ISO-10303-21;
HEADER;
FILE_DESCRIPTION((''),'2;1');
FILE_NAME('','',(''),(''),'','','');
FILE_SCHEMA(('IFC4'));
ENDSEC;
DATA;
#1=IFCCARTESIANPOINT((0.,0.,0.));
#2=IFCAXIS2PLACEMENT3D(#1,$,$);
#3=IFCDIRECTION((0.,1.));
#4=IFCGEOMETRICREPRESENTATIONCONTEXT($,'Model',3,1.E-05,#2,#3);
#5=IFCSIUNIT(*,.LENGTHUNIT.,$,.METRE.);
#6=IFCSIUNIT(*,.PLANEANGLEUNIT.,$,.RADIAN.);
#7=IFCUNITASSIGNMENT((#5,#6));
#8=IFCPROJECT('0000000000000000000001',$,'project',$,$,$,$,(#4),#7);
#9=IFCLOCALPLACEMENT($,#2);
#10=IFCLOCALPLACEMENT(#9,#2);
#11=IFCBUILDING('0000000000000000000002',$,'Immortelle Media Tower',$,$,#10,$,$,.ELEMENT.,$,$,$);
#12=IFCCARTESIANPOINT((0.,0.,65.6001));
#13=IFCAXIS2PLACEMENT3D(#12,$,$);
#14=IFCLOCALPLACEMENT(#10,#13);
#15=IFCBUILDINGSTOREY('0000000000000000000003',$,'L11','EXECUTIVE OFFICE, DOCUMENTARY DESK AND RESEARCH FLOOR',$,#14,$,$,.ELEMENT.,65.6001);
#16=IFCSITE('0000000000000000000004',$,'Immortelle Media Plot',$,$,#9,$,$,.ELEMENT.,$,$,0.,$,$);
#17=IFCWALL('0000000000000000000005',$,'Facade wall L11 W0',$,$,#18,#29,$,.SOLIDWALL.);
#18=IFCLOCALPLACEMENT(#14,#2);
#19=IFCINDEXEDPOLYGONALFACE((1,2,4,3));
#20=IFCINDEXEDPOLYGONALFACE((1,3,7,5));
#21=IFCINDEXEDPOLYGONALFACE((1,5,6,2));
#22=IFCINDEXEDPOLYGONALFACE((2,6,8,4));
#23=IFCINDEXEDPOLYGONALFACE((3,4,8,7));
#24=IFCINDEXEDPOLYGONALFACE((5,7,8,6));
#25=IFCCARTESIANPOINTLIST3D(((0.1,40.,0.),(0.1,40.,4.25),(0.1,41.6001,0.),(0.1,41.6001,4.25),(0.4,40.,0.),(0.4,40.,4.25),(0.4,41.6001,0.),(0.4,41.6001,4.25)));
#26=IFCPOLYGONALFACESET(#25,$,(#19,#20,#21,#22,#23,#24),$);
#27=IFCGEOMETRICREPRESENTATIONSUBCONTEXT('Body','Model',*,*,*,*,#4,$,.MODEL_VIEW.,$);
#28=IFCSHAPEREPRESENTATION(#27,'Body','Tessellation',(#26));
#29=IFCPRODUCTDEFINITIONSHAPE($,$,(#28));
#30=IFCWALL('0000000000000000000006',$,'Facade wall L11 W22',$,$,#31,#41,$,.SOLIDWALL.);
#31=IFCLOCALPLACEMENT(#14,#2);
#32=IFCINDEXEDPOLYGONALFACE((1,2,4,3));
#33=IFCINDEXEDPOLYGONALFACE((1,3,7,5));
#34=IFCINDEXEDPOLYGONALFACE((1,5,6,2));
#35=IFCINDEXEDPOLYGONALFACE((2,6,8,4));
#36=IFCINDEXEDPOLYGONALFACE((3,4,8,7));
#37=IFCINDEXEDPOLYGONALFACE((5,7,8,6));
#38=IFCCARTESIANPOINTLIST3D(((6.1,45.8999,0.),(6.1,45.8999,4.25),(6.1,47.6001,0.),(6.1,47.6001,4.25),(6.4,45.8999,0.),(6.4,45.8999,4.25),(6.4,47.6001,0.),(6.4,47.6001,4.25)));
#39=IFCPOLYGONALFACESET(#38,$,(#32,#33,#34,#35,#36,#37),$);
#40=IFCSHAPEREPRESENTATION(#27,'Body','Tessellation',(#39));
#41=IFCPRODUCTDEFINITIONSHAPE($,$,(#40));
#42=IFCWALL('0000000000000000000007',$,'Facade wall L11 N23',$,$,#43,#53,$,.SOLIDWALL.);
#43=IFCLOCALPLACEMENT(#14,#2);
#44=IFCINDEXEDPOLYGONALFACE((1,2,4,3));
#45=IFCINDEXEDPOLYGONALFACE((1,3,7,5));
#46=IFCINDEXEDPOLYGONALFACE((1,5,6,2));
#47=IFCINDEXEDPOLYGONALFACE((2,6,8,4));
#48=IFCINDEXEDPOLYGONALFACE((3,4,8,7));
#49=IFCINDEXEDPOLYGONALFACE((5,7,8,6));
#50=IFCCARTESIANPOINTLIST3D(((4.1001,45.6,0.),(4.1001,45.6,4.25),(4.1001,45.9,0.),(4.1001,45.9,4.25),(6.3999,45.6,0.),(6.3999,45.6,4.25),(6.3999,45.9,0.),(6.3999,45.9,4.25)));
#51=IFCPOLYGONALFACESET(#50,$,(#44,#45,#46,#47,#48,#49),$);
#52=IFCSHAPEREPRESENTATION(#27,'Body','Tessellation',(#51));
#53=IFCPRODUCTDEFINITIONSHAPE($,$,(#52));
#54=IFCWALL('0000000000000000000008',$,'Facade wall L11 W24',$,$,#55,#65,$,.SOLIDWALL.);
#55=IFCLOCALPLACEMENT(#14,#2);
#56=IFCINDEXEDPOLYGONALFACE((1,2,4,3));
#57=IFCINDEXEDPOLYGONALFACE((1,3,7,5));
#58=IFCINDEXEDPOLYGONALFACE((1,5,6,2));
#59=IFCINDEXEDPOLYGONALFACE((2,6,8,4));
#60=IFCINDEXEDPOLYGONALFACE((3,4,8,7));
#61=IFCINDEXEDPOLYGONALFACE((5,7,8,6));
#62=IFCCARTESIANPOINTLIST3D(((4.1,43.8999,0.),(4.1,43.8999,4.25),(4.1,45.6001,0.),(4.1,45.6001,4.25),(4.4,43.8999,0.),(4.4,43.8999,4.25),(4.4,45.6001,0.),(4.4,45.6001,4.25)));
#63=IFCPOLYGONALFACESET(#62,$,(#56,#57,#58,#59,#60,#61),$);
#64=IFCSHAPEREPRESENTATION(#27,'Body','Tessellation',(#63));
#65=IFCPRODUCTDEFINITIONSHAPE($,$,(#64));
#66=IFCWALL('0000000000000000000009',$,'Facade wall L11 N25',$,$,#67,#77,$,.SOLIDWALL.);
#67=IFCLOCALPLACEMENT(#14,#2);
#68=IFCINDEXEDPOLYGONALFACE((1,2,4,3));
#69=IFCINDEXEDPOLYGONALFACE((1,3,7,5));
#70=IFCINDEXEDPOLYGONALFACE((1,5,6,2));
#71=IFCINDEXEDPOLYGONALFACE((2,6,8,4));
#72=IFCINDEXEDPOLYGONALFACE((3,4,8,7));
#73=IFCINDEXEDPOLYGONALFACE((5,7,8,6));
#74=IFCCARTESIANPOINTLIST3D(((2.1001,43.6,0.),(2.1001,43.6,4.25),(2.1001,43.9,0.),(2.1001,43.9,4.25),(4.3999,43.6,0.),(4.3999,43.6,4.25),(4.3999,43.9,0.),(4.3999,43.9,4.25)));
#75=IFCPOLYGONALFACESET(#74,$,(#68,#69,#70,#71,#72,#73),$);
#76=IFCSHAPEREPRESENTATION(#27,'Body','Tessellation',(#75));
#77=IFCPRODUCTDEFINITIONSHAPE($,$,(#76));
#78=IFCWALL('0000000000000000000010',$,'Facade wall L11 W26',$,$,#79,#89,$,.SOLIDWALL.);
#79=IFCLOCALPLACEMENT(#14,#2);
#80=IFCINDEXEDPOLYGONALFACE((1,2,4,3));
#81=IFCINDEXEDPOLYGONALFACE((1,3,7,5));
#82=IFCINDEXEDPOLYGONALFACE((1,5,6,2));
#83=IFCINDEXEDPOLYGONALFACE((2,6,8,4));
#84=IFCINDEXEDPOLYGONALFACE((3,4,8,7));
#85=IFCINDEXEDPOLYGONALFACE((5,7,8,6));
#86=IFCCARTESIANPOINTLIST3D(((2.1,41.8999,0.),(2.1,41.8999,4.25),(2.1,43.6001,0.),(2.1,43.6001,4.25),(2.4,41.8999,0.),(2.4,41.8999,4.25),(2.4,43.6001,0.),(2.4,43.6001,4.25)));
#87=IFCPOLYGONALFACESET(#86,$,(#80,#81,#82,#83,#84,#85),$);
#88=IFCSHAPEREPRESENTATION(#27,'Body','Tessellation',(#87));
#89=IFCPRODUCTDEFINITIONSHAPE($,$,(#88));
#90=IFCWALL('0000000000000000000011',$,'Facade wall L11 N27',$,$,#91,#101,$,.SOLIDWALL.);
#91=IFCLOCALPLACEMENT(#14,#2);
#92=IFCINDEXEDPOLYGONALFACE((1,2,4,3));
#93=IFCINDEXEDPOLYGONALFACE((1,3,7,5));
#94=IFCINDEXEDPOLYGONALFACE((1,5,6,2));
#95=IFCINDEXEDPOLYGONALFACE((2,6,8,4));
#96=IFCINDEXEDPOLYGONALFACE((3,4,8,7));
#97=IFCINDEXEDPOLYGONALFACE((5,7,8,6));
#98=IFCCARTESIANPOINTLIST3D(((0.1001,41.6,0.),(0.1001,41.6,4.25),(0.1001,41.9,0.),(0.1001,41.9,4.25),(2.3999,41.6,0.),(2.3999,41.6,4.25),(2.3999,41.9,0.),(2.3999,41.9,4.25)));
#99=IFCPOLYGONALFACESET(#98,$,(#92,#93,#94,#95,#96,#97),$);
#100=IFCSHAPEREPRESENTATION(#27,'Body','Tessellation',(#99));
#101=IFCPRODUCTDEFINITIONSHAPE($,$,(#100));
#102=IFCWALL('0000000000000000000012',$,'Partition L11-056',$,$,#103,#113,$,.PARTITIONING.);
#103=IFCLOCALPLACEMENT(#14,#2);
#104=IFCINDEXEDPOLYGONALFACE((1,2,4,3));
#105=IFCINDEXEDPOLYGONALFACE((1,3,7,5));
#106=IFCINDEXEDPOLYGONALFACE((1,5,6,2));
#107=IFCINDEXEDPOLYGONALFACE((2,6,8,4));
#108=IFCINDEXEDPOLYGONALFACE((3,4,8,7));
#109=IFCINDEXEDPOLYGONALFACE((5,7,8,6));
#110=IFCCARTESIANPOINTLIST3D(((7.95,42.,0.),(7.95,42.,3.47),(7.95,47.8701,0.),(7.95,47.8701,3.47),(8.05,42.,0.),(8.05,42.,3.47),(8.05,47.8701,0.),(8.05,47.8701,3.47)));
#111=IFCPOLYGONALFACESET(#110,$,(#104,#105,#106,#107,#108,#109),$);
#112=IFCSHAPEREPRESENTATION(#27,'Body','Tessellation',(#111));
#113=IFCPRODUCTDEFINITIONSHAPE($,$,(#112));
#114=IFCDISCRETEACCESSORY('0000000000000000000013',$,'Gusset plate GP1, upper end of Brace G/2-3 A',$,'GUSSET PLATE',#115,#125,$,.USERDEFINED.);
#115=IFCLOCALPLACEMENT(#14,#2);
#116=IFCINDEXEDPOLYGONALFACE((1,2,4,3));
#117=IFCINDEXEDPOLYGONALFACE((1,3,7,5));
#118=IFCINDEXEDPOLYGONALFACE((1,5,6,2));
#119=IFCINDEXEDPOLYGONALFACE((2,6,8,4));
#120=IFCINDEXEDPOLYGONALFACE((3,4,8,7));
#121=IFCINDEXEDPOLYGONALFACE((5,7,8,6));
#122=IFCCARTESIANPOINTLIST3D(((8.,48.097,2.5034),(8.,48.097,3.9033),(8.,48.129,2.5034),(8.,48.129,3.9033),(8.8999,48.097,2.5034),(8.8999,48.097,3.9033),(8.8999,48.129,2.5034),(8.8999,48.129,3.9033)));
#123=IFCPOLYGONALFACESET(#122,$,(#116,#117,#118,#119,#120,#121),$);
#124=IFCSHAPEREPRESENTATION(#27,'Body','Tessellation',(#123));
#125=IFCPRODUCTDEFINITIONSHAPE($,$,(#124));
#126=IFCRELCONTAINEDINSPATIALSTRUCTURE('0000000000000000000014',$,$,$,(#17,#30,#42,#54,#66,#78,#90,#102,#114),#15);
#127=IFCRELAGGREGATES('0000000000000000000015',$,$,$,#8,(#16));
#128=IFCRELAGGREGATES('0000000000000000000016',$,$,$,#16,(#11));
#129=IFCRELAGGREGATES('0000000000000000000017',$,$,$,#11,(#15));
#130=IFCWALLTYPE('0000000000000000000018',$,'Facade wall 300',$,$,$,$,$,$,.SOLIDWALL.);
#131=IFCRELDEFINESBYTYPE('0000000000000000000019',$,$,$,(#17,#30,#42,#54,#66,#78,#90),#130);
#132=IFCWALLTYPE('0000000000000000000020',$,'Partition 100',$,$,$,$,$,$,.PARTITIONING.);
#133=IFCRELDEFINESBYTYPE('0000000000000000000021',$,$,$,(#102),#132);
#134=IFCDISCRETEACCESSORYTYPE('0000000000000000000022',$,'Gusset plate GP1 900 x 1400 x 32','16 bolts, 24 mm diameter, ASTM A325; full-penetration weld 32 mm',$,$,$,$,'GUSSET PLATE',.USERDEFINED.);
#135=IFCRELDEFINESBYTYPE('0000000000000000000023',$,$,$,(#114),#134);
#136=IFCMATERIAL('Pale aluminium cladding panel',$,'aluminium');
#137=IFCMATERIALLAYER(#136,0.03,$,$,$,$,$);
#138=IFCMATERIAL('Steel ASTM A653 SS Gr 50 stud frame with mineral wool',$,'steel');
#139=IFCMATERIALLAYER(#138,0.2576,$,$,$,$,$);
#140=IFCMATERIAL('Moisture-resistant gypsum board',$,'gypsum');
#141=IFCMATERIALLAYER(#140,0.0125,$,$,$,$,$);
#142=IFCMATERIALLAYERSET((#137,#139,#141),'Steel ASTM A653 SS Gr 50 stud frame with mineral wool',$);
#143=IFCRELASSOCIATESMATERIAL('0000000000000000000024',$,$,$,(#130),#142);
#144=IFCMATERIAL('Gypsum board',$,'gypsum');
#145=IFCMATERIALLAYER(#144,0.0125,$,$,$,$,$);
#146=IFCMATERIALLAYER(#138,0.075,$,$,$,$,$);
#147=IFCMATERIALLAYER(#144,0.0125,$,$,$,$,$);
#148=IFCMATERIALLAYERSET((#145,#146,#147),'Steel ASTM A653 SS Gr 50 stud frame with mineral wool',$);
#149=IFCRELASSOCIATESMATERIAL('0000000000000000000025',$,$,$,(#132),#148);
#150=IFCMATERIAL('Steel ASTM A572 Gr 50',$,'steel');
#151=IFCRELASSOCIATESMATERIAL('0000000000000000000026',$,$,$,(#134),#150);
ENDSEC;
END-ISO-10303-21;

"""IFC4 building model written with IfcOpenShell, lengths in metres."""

from ifc_helpers import new_model, si_unit, direction, frame, frame_2d, origin, origin_2d, place, context, subcontext, project, spatial, rectangle, extrude, material, layer, layer_set, material_profile, profile_set, type_object, element, save


model = new_model("IFC4")

# Units and contexts
model_context = context("Model", 3, precision=1e-05, world=origin(), true_north=direction((0.0, 1.0)))
body_context = subcontext(model_context, "Body", "Model", "MODEL_VIEW")
ifc_project = project(units=[si_unit("LENGTHUNIT", "METRE"), si_unit("PLANEANGLEUNIT", "RADIAN")], contexts=[model_context])

# Site, building, storey
site_placement = place(None, origin())
site = spatial("IfcSite", under=ifc_project, at=site_placement, Name="Immortelle Media Plot", CompositionType="ELEMENT", RefElevation=0.0)
building_placement = place(site_placement, origin())
building = spatial("IfcBuilding", under=site, at=building_placement, Name="Immortelle Media Tower", CompositionType="ELEMENT")
storey_placement = place(building_placement, frame((0.0, 0.0, 65.6001)))
storey = spatial("IfcBuildingStorey", under=building, at=storey_placement, Name="L11", Description="EXECUTIVE OFFICE, DOCUMENTARY DESK AND RESEARCH FLOOR", CompositionType="ELEMENT", Elevation=65.6001)

# Shared definitions
ifc_material_1 = material(Name="Steel ASTM A653 SS Gr 50 stud frame with mineral wool", Category="steel")

# Walls
ifc_material_2 = material(Name="Pale aluminium cladding panel", Category="aluminium")
ifc_layer_1 = layer(ifc_material_2, 0.03)
ifc_layer_2 = layer(ifc_material_1, 0.2576)
ifc_material_3 = material(Name="Moisture-resistant gypsum board", Category="gypsum")
ifc_layer_3 = layer(ifc_material_3, 0.0125)
ifc_layer_set_1 = layer_set([ifc_layer_1, ifc_layer_2, ifc_layer_3], Name="Steel ASTM A653 SS Gr 50 stud frame with mineral wool")
wall_type_1 = type_object("IfcWallType", Name="Facade wall 300", PredefinedType="SOLIDWALL", material=ifc_layer_set_1)
wall_1_placement = place(storey_placement, frame((0.25, 41.6001, 0.0), z_axis=(0.0, 0.0, 1.0), x_axis=(0.0, -1.0, 0.0)))
element("IfcWall", 1, at=wall_1_placement, inside=storey, type_object=wall_type_1, Name="Facade wall L11 W0", PredefinedType="SOLIDWALL", context=body_context, shape_type="SweptSolid", body=[
    extrude(rectangle(XDim=1.6001, YDim=0.3, at=frame_2d((0.8, 0.0))), origin(), (0.0, 0.0, 1.0), 4.25),
])
wall_2_placement = place(storey_placement, frame((6.25, 47.6001, 0.0), z_axis=(0.0, 0.0, 1.0), x_axis=(0.0, -1.0, 0.0)))
element("IfcWall", 2, at=wall_2_placement, inside=storey, type_object=wall_type_1, Name="Facade wall L11 W22", PredefinedType="SOLIDWALL", context=body_context, shape_type="SweptSolid", body=[
    extrude(rectangle(XDim=1.7002, YDim=0.3, at=frame_2d((0.8501, 0.0))), origin(), (0.0, 0.0, 1.0), 4.25),
])
wall_3_placement = place(storey_placement, frame((6.3999, 45.75, 0.0), z_axis=(0.0, 0.0, 1.0), x_axis=(-1.0, 0.0, 0.0)))
element("IfcWall", 3, at=wall_3_placement, inside=storey, type_object=wall_type_1, Name="Facade wall L11 N23", PredefinedType="SOLIDWALL", context=body_context, shape_type="SweptSolid", body=[
    extrude(rectangle(XDim=2.2998, YDim=0.3, at=frame_2d((1.1499, 0.0))), origin(), (0.0, 0.0, 1.0), 4.25),
])
wall_4_placement = place(storey_placement, frame((4.25, 45.6001, 0.0), z_axis=(0.0, 0.0, 1.0), x_axis=(0.0, -1.0, 0.0)))
element("IfcWall", 4, at=wall_4_placement, inside=storey, type_object=wall_type_1, Name="Facade wall L11 W24", PredefinedType="SOLIDWALL", context=body_context, shape_type="SweptSolid", body=[
    extrude(rectangle(XDim=1.7002, YDim=0.3, at=frame_2d((0.8501, 0.0))), origin(), (0.0, 0.0, 1.0), 4.25),
])
wall_5_placement = place(storey_placement, frame((4.3999, 43.75, 0.0), z_axis=(0.0, 0.0, 1.0), x_axis=(-1.0, 0.0, 0.0)))
element("IfcWall", 5, at=wall_5_placement, inside=storey, type_object=wall_type_1, Name="Facade wall L11 N25", PredefinedType="SOLIDWALL", context=body_context, shape_type="SweptSolid", body=[
    extrude(rectangle(XDim=2.2998, YDim=0.3, at=frame_2d((1.1499, 0.0))), origin(), (0.0, 0.0, 1.0), 4.25),
])
wall_6_placement = place(storey_placement, frame((2.25, 43.6001, 0.0), z_axis=(0.0, 0.0, 1.0), x_axis=(0.0, -1.0, 0.0)))
element("IfcWall", 6, at=wall_6_placement, inside=storey, type_object=wall_type_1, Name="Facade wall L11 W26", PredefinedType="SOLIDWALL", context=body_context, shape_type="SweptSolid", body=[
    extrude(rectangle(XDim=1.7002, YDim=0.3, at=frame_2d((0.8501, 0.0))), origin(), (0.0, 0.0, 1.0), 4.25),
])
wall_7_placement = place(storey_placement, frame((2.3999, 41.75, 0.0), z_axis=(0.0, 0.0, 1.0), x_axis=(-1.0, 0.0, 0.0)))
element("IfcWall", 7, at=wall_7_placement, inside=storey, type_object=wall_type_1, Name="Facade wall L11 N27", PredefinedType="SOLIDWALL", context=body_context, shape_type="SweptSolid", body=[
    extrude(rectangle(XDim=2.2998, YDim=0.3, at=frame_2d((1.1499, 0.0))), origin(), (0.0, 0.0, 1.0), 4.25),
])
ifc_material_4 = material(Name="Gypsum board", Category="gypsum")
ifc_layer_4 = layer(ifc_material_4, 0.0125)
ifc_layer_5 = layer(ifc_material_1, 0.075)
ifc_layer_6 = layer(ifc_material_4, 0.0125)
ifc_layer_set_2 = layer_set([ifc_layer_4, ifc_layer_5, ifc_layer_6], Name="Steel ASTM A653 SS Gr 50 stud frame with mineral wool")
wall_type_2 = type_object("IfcWallType", Name="Partition 100", PredefinedType="PARTITIONING", material=ifc_layer_set_2)
wall_8_placement = place(storey_placement, frame((8.0, 42.0, 0.0), z_axis=(0.0, 0.0, 1.0), x_axis=(0.0, 1.0, 0.0)))
element("IfcWall", 8, at=wall_8_placement, inside=storey, type_object=wall_type_2, Name="Partition L11-056", PredefinedType="PARTITIONING", context=body_context, shape_type="SweptSolid", body=[
    extrude(rectangle(XDim=5.8701, YDim=0.1001, at=frame_2d((2.9351, 0.0))), origin(), (0.0, 0.0, 1.0), 3.47),
])

# Discrete accessory
ifc_material_5 = material(Name="Steel ASTM A572 Gr 50", Category="steel")
ifc_material_profile_1 = material_profile(ifc_material_5, rectangle(XDim=0.032, YDim=1.3999, at=origin_2d()), Name="PL 32 x 1400")
ifc_profile_set_1 = profile_set([ifc_material_profile_1], Name="Steel ASTM A572 Gr 50")
discrete_accessory_type = type_object("IfcDiscreteAccessoryType", Name="Gusset plate GP1 900 x 1400 x 32", Description="16 bolts, 24 mm diameter, ASTM A325; full-penetration weld 32 mm", ElementType="GUSSET PLATE", PredefinedType="USERDEFINED", material=ifc_profile_set_1)
discrete_accessory_placement = place(storey_placement, frame((8.0, 48.113, 3.2034), z_axis=(1.0, 0.0, 0.0), x_axis=(0.0, 1.0, 0.0)))
element("IfcDiscreteAccessory", 9, at=discrete_accessory_placement, inside=storey, type_object=discrete_accessory_type, Name="Gusset plate GP1, upper end of Brace G/2-3 A", ObjectType="GUSSET PLATE", PredefinedType="USERDEFINED", context=body_context, shape_type="SweptSolid", body=[
    extrude(rectangle(XDim=0.032, YDim=1.3999, at=origin_2d()), origin(), (0.0, 0.0, 1.0), 0.8999),
])

save(model, "model.ifc")
